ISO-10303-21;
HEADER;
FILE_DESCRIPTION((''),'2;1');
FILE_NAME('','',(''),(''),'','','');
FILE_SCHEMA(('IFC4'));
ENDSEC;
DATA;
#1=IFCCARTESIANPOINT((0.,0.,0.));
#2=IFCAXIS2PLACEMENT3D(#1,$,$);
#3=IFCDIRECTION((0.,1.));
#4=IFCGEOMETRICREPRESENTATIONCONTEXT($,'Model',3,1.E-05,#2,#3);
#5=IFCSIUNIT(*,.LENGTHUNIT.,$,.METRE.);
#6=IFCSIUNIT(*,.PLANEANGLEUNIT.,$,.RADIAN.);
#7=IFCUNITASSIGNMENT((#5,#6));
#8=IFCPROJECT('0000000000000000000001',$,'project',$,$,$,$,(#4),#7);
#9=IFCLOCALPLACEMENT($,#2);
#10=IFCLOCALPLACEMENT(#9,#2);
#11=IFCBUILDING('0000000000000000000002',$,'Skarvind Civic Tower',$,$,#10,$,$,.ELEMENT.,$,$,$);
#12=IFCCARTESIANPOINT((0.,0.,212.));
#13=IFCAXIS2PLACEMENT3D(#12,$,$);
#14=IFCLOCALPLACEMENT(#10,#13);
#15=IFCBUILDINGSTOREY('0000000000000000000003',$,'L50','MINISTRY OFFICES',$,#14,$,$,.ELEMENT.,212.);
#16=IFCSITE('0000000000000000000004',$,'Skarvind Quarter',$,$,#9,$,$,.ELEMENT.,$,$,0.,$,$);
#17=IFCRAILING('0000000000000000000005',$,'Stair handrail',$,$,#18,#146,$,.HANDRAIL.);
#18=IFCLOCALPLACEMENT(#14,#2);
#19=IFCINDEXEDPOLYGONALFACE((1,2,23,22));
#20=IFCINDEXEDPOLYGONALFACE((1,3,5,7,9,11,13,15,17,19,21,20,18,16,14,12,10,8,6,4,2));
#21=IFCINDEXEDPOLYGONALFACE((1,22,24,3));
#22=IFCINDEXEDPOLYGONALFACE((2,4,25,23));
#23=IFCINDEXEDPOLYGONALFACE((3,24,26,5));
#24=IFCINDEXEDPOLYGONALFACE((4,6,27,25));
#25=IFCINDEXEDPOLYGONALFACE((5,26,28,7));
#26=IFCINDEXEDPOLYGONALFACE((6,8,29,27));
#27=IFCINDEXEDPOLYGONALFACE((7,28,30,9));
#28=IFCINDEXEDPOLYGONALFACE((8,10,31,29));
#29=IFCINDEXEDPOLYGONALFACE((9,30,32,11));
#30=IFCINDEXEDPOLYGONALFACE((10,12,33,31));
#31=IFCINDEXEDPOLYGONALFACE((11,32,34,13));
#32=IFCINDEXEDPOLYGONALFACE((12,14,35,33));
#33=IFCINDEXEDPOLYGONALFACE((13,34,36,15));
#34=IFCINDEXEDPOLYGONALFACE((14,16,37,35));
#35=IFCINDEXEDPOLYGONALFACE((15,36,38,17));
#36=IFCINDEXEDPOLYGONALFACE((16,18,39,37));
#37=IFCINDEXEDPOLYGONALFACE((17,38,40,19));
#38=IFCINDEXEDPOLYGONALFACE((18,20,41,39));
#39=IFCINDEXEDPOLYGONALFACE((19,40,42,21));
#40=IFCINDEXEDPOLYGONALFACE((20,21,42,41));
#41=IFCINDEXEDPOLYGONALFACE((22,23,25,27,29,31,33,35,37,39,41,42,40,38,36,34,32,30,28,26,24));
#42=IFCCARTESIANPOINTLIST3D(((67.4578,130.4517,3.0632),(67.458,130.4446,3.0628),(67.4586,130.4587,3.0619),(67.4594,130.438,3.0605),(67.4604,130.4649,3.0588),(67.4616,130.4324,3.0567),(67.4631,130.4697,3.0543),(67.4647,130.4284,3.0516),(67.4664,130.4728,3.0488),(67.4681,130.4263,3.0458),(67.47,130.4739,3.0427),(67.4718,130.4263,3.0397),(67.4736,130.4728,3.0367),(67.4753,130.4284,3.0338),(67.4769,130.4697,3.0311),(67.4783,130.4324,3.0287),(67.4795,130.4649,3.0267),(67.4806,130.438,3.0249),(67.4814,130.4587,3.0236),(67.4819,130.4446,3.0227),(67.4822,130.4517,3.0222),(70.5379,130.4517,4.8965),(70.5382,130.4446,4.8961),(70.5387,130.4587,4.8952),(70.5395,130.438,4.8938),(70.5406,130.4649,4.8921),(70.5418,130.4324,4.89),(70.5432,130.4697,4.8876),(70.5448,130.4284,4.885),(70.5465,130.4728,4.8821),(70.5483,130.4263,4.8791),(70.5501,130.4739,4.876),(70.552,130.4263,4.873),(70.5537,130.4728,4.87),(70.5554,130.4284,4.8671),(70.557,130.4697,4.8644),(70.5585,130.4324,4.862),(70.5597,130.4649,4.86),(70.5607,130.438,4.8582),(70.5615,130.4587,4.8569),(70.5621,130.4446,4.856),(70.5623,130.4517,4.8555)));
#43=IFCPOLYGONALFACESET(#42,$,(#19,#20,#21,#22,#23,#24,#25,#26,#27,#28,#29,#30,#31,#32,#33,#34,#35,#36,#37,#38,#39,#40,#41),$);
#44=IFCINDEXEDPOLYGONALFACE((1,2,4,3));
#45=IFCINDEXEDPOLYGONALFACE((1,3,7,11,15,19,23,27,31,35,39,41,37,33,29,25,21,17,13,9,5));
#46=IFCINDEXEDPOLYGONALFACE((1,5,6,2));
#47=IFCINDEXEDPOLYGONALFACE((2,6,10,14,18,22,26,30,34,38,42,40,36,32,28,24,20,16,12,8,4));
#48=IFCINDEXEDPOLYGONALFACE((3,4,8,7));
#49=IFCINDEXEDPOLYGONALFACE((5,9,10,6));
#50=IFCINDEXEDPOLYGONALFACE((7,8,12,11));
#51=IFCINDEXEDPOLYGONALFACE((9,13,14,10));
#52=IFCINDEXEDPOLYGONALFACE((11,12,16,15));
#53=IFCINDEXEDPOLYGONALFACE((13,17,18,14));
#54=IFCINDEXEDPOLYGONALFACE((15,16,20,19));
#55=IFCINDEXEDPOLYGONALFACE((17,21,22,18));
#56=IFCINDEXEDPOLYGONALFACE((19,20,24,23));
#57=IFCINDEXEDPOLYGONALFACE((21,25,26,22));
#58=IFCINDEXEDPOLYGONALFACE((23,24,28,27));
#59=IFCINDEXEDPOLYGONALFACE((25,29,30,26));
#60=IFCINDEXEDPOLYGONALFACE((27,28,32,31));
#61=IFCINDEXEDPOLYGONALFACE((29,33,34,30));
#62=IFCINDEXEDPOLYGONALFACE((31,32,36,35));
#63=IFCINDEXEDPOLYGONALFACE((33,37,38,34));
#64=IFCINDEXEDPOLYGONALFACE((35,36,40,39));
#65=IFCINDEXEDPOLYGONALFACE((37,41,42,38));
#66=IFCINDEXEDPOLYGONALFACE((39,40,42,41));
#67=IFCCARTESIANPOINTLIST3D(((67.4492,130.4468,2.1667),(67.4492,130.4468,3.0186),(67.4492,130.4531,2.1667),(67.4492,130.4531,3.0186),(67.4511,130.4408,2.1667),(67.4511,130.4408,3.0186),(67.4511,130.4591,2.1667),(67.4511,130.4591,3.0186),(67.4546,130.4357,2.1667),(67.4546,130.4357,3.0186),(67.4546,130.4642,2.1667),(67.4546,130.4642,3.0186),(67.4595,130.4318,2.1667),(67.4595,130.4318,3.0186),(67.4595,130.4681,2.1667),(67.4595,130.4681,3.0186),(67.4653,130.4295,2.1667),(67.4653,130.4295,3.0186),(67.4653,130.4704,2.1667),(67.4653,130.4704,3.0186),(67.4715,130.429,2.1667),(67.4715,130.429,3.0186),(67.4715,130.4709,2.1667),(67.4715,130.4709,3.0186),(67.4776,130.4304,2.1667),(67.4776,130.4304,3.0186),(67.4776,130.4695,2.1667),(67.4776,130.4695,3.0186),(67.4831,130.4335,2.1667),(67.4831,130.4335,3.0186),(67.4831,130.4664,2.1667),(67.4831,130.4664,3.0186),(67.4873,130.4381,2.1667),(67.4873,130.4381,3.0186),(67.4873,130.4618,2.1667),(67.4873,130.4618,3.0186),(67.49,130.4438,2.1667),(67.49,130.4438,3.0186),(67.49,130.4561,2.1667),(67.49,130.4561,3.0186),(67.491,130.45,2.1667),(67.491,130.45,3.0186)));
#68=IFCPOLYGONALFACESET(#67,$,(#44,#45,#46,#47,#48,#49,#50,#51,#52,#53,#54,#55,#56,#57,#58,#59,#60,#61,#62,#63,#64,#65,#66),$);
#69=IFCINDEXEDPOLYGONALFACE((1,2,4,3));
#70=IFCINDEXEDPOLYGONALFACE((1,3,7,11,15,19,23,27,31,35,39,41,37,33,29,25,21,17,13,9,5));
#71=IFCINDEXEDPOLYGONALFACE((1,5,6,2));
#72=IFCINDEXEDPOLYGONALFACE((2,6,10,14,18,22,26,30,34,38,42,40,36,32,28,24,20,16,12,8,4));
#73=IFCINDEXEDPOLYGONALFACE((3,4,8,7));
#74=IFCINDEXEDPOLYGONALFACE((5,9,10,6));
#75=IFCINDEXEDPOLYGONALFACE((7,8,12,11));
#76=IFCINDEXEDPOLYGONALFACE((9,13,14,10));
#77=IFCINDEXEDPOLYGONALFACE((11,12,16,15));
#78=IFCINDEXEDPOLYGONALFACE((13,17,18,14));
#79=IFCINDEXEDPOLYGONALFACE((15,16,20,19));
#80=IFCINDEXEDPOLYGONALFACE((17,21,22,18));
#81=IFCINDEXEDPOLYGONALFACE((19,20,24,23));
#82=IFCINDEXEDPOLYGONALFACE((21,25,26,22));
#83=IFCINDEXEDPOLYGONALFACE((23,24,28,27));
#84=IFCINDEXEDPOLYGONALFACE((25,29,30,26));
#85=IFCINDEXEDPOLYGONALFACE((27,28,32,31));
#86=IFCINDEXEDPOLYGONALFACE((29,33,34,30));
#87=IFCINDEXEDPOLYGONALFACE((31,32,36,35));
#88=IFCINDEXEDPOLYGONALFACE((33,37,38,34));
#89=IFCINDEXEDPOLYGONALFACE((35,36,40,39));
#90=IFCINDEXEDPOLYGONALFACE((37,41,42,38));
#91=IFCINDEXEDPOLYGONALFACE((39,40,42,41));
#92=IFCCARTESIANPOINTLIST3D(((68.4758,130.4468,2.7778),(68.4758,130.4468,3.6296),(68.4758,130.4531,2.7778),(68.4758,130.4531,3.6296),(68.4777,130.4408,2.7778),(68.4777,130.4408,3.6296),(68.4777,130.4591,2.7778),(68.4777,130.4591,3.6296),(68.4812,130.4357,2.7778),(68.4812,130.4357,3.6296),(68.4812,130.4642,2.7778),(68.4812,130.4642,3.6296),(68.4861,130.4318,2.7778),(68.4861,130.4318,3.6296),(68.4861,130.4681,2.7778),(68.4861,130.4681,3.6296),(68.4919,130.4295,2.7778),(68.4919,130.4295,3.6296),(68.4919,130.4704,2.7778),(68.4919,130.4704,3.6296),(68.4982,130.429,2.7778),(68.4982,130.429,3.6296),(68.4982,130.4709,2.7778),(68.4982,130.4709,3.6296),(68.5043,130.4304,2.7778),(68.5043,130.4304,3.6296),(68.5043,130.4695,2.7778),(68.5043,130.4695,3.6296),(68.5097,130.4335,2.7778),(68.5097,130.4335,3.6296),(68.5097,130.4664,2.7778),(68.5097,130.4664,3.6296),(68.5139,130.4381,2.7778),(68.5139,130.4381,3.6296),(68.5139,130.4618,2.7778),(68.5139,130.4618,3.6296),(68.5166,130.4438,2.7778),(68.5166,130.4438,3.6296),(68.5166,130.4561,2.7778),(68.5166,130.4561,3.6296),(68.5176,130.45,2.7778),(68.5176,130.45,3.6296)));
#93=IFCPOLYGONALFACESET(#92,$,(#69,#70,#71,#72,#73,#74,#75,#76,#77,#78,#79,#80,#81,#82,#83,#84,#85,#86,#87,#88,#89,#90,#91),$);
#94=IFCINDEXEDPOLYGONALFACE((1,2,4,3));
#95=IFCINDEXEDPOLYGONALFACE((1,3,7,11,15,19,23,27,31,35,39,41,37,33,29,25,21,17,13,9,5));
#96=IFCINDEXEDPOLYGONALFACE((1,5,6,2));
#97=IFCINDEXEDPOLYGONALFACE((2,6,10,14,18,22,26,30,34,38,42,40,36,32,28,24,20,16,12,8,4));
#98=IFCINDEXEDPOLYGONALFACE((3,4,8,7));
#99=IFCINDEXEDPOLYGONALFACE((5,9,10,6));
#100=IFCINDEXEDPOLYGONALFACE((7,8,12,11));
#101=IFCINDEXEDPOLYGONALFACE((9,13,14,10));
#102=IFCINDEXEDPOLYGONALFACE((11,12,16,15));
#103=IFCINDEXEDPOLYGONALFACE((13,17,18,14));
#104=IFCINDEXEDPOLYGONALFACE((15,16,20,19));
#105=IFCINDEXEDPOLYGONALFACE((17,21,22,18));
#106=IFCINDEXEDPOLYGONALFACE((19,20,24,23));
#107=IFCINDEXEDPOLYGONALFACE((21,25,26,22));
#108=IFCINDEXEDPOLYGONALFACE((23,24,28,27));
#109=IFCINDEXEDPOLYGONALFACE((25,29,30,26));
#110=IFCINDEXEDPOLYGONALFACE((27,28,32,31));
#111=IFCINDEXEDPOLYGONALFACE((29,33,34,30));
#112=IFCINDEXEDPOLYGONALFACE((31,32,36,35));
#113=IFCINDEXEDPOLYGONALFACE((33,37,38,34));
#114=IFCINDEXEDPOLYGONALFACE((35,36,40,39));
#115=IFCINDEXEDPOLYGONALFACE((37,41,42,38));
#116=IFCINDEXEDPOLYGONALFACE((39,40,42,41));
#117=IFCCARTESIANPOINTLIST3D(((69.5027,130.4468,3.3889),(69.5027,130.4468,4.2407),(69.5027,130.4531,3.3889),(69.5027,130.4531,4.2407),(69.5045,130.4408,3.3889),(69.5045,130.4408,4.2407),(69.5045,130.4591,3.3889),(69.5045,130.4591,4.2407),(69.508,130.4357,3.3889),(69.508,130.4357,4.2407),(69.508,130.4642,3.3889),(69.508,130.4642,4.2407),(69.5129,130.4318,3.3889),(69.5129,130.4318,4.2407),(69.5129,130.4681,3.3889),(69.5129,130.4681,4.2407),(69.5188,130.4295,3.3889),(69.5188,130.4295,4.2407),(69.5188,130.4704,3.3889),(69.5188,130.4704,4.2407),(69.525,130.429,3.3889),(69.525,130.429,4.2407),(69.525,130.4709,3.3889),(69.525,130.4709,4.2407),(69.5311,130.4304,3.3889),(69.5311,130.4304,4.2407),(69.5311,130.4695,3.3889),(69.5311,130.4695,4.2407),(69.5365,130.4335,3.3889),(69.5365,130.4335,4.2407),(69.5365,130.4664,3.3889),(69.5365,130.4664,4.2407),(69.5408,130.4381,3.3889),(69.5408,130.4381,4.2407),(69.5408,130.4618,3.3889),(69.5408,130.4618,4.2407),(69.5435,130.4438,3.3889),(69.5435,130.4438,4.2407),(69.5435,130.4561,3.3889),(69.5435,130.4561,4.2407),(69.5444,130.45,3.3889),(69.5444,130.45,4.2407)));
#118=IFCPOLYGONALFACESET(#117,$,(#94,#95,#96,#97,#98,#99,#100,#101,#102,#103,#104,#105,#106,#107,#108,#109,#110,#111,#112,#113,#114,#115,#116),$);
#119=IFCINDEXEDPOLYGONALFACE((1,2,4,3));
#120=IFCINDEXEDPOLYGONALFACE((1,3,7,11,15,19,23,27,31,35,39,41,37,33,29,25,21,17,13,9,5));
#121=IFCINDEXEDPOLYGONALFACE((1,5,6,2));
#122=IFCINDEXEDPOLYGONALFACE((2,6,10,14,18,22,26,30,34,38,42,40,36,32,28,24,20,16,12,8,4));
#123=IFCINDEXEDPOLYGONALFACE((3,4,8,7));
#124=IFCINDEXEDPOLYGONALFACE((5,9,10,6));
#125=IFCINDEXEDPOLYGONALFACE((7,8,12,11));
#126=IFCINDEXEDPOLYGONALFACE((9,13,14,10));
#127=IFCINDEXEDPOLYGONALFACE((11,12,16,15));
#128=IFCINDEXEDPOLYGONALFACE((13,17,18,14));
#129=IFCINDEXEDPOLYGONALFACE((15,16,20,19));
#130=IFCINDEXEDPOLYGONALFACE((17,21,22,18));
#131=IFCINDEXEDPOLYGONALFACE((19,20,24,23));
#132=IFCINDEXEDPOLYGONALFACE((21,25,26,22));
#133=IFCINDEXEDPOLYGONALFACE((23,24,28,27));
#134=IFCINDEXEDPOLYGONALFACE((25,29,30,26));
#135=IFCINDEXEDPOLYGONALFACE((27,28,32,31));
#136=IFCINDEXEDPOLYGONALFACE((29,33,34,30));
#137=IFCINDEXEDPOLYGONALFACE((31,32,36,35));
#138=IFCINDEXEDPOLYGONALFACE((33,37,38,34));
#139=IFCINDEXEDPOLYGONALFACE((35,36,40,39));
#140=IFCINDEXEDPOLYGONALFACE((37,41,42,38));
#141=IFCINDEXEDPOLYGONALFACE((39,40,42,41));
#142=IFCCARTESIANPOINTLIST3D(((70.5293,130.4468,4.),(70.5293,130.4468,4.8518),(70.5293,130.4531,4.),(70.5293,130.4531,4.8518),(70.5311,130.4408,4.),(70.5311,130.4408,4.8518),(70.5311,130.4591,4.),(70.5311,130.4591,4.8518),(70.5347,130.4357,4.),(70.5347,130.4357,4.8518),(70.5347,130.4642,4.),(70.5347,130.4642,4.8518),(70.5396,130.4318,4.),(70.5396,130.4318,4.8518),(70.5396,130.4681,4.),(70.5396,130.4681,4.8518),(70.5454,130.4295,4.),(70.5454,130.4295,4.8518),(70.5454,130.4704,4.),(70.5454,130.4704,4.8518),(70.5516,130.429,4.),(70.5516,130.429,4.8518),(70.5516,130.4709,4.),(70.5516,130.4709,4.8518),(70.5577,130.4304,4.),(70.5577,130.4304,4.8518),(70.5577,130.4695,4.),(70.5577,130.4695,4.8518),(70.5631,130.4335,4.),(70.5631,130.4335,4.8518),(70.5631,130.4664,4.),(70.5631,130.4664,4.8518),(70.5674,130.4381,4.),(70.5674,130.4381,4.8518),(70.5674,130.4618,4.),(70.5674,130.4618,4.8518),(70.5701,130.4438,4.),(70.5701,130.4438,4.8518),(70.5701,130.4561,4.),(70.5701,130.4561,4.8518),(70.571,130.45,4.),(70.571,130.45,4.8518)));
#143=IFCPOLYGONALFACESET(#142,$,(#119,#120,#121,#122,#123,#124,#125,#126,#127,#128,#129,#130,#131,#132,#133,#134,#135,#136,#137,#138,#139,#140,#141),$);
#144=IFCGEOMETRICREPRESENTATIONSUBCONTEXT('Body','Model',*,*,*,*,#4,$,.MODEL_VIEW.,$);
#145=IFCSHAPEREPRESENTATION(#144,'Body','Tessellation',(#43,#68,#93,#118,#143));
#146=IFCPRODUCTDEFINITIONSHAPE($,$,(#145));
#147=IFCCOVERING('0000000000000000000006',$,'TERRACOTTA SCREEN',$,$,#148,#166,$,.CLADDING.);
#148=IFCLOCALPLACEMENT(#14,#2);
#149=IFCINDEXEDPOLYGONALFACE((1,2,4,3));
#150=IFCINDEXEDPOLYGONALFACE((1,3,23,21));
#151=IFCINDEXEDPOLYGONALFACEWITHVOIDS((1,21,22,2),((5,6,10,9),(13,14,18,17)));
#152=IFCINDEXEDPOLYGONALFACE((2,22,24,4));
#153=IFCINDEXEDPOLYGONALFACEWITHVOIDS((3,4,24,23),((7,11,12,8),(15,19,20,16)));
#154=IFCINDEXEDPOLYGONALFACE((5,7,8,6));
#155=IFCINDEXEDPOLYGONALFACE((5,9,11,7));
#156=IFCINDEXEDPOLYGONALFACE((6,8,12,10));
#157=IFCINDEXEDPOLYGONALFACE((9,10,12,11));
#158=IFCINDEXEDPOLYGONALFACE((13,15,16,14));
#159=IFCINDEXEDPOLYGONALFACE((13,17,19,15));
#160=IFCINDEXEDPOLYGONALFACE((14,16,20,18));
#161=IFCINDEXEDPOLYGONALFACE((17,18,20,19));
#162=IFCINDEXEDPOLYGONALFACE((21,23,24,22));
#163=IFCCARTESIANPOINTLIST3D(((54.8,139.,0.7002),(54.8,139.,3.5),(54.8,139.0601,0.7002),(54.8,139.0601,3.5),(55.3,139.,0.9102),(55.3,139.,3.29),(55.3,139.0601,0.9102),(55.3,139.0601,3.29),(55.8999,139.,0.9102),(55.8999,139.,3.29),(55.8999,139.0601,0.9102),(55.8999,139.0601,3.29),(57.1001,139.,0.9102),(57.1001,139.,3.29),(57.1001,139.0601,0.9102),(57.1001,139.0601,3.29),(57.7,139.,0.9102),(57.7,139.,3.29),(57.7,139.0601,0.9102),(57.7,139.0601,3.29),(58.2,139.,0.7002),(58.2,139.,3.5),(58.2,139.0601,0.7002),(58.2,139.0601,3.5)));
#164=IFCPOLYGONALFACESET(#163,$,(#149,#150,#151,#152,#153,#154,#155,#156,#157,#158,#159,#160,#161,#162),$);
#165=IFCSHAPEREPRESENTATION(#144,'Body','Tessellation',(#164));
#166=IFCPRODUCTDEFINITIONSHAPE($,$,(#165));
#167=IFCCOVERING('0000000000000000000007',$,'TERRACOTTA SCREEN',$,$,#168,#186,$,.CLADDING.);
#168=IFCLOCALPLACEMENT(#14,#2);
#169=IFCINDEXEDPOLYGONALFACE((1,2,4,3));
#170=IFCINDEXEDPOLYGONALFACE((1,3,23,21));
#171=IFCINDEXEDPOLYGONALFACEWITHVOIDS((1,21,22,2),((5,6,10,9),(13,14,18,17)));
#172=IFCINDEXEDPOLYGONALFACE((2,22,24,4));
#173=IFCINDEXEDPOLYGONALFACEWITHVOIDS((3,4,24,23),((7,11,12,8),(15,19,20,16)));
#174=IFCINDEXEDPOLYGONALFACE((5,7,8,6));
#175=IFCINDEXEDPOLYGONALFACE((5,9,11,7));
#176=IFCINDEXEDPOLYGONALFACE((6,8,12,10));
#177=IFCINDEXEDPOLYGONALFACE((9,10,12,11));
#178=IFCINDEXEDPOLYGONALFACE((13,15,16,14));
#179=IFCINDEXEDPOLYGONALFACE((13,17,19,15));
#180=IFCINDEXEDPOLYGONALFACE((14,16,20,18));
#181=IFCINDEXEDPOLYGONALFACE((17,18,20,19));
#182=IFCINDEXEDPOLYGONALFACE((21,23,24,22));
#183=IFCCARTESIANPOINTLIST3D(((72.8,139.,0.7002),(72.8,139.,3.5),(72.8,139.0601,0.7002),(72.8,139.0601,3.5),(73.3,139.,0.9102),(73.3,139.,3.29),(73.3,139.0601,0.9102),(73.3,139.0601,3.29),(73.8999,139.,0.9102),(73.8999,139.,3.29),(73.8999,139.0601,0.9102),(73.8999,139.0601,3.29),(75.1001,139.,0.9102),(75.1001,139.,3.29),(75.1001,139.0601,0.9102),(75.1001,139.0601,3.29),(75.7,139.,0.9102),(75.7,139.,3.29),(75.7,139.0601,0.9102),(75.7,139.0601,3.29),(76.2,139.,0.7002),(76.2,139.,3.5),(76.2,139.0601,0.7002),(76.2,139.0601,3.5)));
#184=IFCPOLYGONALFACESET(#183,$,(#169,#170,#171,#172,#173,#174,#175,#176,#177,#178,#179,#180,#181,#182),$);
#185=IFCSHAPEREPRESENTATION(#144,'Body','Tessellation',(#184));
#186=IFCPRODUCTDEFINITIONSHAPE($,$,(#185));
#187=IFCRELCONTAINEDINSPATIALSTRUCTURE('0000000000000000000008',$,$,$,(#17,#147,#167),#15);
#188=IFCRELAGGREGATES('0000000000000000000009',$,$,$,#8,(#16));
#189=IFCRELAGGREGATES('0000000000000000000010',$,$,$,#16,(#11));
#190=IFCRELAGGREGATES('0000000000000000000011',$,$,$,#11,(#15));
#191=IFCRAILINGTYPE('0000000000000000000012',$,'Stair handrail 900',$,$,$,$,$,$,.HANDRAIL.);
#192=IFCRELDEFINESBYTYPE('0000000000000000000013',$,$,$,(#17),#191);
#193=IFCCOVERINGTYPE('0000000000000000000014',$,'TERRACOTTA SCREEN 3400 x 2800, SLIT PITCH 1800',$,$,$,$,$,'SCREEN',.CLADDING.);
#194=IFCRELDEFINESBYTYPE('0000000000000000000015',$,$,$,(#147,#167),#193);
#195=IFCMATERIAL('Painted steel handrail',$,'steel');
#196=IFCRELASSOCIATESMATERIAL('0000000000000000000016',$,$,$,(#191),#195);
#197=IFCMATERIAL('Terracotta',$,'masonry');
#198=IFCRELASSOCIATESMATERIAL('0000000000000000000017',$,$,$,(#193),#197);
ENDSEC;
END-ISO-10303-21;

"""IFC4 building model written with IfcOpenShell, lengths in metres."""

from ifc_helpers import new_model, si_unit, direction, frame, origin, origin_2d, place, context, subcontext, project, spatial, polyline, circle, outline, extrude, material, material_profile, profile_set, type_object, element, save


model = new_model("IFC4")

# Units and contexts
model_context = context("Model", 3, precision=1e-05, world=origin(), true_north=direction((0.0, 1.0)))
body_context = subcontext(model_context, "Body", "Model", "MODEL_VIEW")
ifc_project = project(units=[si_unit("LENGTHUNIT", "METRE"), si_unit("PLANEANGLEUNIT", "RADIAN")], contexts=[model_context])

# Site, building, storey
site_placement = place(None, origin())
site = spatial("IfcSite", under=ifc_project, at=site_placement, Name="Skarvind Quarter", CompositionType="ELEMENT", RefElevation=0.0)
building_placement = place(site_placement, origin())
building = spatial("IfcBuilding", under=site, at=building_placement, Name="Skarvind Civic Tower", CompositionType="ELEMENT")
storey_placement = place(building_placement, frame((0.0, 0.0, 212.0)))
storey = spatial("IfcBuildingStorey", under=building, at=storey_placement, Name="L50", Description="MINISTRY OFFICES", CompositionType="ELEMENT", Elevation=212.0)

# Railing
ifc_material_1 = material(Name="Painted steel handrail", Category="steel")
railing_type = type_object("IfcRailingType", Name="Stair handrail 900", PredefinedType="HANDRAIL", material=ifc_material_1)
railing_1_placement = place(storey_placement, frame((67.47, 130.45, 2.1667)))
element("IfcRailing", 1, at=railing_1_placement, inside=storey, type_object=railing_type, Name="Stair handrail", PredefinedType="HANDRAIL", context=body_context, shape_type="SweptSolid", body=[
    extrude(circle(Radius=0.0239, at=origin_2d()), frame((0.0, 0.0, 0.876), z_axis=(0.859309, 0.0, 0.511458), x_axis=(0.0, 1.0, 0.0)), (0.0, 0.0, 1.0), 3.5845),
    extrude(circle(Radius=0.021, at=origin_2d()), origin(), (0.0, 0.0, 1.0), 0.8518),
    extrude(circle(Radius=0.021, at=origin_2d()), frame((1.0266, 0.0, 0.6111)), (0.0, 0.0, 1.0), 0.8518),
    extrude(circle(Radius=0.021, at=origin_2d()), frame((2.0535, 0.0, 1.2222)), (0.0, 0.0, 1.0), 0.8518),
    extrude(circle(Radius=0.021, at=origin_2d()), frame((3.0801, 0.0, 1.8333)), (0.0, 0.0, 1.0), 0.8518),
])

# Coverings
ifc_material_2 = material(Name="Terracotta", Category="masonry")
ifc_material_profile_1 = material_profile(ifc_material_2, outline(polyline([(-1.7, -1.3999), (1.7, -1.3999), (1.7, 1.3999), (-1.7, 1.3999), (-1.7, -1.3999)]), holes=[polyline([(-1.2, -1.1899), (-0.6001, -1.1899), (-0.6001, 1.1899), (-1.2, 1.1899), (-1.2, -1.1899)]), polyline([(0.6001, -1.1899), (1.2, -1.1899), (1.2, 1.1899), (0.6001, 1.1899), (0.6001, -1.1899)])]), Name="TERRACOTTA SCREEN 3400 x 2800, SLIT PITCH 1800")
ifc_profile_set_1 = profile_set([ifc_material_profile_1], Name="Terracotta")
covering_type = type_object("IfcCoveringType", Name="TERRACOTTA SCREEN 3400 x 2800, SLIT PITCH 1800", ElementType="SCREEN", PredefinedType="CLADDING", material=ifc_profile_set_1)
for number, where, z_axis, x_axis, name in (
    (2, (56.5, 139.0, 2.1001), (0.0, 1.0, 0.0), (-1.0, 0.0, 0.0), "TERRACOTTA SCREEN"),
    (3, (74.5, 139.0, 2.1001), (0.0, 1.0, 0.0), (-1.0, 0.0, 0.0), "TERRACOTTA SCREEN"),
):
    element("IfcCovering", number, at=place(storey_placement, frame(where, z_axis=z_axis, x_axis=x_axis)), inside=storey, type_object=covering_type, Name=name, PredefinedType="CLADDING", context=body_context, shape_type="SweptSolid", body=[
        extrude(outline(polyline([(-1.7, -1.3999), (1.7, -1.3999), (1.7, 1.3999), (-1.7, 1.3999), (-1.7, -1.3999)]), holes=[polyline([(-1.2, -1.1899), (-0.6001, -1.1899), (-0.6001, 1.1899), (-1.2, 1.1899), (-1.2, -1.1899)]), polyline([(0.6001, -1.1899), (1.2, -1.1899), (1.2, 1.1899), (0.6001, 1.1899), (0.6001, -1.1899)])]), origin(), (0.0, 0.0, 1.0), 0.0601),
    ])

save(model, "model.ifc")
